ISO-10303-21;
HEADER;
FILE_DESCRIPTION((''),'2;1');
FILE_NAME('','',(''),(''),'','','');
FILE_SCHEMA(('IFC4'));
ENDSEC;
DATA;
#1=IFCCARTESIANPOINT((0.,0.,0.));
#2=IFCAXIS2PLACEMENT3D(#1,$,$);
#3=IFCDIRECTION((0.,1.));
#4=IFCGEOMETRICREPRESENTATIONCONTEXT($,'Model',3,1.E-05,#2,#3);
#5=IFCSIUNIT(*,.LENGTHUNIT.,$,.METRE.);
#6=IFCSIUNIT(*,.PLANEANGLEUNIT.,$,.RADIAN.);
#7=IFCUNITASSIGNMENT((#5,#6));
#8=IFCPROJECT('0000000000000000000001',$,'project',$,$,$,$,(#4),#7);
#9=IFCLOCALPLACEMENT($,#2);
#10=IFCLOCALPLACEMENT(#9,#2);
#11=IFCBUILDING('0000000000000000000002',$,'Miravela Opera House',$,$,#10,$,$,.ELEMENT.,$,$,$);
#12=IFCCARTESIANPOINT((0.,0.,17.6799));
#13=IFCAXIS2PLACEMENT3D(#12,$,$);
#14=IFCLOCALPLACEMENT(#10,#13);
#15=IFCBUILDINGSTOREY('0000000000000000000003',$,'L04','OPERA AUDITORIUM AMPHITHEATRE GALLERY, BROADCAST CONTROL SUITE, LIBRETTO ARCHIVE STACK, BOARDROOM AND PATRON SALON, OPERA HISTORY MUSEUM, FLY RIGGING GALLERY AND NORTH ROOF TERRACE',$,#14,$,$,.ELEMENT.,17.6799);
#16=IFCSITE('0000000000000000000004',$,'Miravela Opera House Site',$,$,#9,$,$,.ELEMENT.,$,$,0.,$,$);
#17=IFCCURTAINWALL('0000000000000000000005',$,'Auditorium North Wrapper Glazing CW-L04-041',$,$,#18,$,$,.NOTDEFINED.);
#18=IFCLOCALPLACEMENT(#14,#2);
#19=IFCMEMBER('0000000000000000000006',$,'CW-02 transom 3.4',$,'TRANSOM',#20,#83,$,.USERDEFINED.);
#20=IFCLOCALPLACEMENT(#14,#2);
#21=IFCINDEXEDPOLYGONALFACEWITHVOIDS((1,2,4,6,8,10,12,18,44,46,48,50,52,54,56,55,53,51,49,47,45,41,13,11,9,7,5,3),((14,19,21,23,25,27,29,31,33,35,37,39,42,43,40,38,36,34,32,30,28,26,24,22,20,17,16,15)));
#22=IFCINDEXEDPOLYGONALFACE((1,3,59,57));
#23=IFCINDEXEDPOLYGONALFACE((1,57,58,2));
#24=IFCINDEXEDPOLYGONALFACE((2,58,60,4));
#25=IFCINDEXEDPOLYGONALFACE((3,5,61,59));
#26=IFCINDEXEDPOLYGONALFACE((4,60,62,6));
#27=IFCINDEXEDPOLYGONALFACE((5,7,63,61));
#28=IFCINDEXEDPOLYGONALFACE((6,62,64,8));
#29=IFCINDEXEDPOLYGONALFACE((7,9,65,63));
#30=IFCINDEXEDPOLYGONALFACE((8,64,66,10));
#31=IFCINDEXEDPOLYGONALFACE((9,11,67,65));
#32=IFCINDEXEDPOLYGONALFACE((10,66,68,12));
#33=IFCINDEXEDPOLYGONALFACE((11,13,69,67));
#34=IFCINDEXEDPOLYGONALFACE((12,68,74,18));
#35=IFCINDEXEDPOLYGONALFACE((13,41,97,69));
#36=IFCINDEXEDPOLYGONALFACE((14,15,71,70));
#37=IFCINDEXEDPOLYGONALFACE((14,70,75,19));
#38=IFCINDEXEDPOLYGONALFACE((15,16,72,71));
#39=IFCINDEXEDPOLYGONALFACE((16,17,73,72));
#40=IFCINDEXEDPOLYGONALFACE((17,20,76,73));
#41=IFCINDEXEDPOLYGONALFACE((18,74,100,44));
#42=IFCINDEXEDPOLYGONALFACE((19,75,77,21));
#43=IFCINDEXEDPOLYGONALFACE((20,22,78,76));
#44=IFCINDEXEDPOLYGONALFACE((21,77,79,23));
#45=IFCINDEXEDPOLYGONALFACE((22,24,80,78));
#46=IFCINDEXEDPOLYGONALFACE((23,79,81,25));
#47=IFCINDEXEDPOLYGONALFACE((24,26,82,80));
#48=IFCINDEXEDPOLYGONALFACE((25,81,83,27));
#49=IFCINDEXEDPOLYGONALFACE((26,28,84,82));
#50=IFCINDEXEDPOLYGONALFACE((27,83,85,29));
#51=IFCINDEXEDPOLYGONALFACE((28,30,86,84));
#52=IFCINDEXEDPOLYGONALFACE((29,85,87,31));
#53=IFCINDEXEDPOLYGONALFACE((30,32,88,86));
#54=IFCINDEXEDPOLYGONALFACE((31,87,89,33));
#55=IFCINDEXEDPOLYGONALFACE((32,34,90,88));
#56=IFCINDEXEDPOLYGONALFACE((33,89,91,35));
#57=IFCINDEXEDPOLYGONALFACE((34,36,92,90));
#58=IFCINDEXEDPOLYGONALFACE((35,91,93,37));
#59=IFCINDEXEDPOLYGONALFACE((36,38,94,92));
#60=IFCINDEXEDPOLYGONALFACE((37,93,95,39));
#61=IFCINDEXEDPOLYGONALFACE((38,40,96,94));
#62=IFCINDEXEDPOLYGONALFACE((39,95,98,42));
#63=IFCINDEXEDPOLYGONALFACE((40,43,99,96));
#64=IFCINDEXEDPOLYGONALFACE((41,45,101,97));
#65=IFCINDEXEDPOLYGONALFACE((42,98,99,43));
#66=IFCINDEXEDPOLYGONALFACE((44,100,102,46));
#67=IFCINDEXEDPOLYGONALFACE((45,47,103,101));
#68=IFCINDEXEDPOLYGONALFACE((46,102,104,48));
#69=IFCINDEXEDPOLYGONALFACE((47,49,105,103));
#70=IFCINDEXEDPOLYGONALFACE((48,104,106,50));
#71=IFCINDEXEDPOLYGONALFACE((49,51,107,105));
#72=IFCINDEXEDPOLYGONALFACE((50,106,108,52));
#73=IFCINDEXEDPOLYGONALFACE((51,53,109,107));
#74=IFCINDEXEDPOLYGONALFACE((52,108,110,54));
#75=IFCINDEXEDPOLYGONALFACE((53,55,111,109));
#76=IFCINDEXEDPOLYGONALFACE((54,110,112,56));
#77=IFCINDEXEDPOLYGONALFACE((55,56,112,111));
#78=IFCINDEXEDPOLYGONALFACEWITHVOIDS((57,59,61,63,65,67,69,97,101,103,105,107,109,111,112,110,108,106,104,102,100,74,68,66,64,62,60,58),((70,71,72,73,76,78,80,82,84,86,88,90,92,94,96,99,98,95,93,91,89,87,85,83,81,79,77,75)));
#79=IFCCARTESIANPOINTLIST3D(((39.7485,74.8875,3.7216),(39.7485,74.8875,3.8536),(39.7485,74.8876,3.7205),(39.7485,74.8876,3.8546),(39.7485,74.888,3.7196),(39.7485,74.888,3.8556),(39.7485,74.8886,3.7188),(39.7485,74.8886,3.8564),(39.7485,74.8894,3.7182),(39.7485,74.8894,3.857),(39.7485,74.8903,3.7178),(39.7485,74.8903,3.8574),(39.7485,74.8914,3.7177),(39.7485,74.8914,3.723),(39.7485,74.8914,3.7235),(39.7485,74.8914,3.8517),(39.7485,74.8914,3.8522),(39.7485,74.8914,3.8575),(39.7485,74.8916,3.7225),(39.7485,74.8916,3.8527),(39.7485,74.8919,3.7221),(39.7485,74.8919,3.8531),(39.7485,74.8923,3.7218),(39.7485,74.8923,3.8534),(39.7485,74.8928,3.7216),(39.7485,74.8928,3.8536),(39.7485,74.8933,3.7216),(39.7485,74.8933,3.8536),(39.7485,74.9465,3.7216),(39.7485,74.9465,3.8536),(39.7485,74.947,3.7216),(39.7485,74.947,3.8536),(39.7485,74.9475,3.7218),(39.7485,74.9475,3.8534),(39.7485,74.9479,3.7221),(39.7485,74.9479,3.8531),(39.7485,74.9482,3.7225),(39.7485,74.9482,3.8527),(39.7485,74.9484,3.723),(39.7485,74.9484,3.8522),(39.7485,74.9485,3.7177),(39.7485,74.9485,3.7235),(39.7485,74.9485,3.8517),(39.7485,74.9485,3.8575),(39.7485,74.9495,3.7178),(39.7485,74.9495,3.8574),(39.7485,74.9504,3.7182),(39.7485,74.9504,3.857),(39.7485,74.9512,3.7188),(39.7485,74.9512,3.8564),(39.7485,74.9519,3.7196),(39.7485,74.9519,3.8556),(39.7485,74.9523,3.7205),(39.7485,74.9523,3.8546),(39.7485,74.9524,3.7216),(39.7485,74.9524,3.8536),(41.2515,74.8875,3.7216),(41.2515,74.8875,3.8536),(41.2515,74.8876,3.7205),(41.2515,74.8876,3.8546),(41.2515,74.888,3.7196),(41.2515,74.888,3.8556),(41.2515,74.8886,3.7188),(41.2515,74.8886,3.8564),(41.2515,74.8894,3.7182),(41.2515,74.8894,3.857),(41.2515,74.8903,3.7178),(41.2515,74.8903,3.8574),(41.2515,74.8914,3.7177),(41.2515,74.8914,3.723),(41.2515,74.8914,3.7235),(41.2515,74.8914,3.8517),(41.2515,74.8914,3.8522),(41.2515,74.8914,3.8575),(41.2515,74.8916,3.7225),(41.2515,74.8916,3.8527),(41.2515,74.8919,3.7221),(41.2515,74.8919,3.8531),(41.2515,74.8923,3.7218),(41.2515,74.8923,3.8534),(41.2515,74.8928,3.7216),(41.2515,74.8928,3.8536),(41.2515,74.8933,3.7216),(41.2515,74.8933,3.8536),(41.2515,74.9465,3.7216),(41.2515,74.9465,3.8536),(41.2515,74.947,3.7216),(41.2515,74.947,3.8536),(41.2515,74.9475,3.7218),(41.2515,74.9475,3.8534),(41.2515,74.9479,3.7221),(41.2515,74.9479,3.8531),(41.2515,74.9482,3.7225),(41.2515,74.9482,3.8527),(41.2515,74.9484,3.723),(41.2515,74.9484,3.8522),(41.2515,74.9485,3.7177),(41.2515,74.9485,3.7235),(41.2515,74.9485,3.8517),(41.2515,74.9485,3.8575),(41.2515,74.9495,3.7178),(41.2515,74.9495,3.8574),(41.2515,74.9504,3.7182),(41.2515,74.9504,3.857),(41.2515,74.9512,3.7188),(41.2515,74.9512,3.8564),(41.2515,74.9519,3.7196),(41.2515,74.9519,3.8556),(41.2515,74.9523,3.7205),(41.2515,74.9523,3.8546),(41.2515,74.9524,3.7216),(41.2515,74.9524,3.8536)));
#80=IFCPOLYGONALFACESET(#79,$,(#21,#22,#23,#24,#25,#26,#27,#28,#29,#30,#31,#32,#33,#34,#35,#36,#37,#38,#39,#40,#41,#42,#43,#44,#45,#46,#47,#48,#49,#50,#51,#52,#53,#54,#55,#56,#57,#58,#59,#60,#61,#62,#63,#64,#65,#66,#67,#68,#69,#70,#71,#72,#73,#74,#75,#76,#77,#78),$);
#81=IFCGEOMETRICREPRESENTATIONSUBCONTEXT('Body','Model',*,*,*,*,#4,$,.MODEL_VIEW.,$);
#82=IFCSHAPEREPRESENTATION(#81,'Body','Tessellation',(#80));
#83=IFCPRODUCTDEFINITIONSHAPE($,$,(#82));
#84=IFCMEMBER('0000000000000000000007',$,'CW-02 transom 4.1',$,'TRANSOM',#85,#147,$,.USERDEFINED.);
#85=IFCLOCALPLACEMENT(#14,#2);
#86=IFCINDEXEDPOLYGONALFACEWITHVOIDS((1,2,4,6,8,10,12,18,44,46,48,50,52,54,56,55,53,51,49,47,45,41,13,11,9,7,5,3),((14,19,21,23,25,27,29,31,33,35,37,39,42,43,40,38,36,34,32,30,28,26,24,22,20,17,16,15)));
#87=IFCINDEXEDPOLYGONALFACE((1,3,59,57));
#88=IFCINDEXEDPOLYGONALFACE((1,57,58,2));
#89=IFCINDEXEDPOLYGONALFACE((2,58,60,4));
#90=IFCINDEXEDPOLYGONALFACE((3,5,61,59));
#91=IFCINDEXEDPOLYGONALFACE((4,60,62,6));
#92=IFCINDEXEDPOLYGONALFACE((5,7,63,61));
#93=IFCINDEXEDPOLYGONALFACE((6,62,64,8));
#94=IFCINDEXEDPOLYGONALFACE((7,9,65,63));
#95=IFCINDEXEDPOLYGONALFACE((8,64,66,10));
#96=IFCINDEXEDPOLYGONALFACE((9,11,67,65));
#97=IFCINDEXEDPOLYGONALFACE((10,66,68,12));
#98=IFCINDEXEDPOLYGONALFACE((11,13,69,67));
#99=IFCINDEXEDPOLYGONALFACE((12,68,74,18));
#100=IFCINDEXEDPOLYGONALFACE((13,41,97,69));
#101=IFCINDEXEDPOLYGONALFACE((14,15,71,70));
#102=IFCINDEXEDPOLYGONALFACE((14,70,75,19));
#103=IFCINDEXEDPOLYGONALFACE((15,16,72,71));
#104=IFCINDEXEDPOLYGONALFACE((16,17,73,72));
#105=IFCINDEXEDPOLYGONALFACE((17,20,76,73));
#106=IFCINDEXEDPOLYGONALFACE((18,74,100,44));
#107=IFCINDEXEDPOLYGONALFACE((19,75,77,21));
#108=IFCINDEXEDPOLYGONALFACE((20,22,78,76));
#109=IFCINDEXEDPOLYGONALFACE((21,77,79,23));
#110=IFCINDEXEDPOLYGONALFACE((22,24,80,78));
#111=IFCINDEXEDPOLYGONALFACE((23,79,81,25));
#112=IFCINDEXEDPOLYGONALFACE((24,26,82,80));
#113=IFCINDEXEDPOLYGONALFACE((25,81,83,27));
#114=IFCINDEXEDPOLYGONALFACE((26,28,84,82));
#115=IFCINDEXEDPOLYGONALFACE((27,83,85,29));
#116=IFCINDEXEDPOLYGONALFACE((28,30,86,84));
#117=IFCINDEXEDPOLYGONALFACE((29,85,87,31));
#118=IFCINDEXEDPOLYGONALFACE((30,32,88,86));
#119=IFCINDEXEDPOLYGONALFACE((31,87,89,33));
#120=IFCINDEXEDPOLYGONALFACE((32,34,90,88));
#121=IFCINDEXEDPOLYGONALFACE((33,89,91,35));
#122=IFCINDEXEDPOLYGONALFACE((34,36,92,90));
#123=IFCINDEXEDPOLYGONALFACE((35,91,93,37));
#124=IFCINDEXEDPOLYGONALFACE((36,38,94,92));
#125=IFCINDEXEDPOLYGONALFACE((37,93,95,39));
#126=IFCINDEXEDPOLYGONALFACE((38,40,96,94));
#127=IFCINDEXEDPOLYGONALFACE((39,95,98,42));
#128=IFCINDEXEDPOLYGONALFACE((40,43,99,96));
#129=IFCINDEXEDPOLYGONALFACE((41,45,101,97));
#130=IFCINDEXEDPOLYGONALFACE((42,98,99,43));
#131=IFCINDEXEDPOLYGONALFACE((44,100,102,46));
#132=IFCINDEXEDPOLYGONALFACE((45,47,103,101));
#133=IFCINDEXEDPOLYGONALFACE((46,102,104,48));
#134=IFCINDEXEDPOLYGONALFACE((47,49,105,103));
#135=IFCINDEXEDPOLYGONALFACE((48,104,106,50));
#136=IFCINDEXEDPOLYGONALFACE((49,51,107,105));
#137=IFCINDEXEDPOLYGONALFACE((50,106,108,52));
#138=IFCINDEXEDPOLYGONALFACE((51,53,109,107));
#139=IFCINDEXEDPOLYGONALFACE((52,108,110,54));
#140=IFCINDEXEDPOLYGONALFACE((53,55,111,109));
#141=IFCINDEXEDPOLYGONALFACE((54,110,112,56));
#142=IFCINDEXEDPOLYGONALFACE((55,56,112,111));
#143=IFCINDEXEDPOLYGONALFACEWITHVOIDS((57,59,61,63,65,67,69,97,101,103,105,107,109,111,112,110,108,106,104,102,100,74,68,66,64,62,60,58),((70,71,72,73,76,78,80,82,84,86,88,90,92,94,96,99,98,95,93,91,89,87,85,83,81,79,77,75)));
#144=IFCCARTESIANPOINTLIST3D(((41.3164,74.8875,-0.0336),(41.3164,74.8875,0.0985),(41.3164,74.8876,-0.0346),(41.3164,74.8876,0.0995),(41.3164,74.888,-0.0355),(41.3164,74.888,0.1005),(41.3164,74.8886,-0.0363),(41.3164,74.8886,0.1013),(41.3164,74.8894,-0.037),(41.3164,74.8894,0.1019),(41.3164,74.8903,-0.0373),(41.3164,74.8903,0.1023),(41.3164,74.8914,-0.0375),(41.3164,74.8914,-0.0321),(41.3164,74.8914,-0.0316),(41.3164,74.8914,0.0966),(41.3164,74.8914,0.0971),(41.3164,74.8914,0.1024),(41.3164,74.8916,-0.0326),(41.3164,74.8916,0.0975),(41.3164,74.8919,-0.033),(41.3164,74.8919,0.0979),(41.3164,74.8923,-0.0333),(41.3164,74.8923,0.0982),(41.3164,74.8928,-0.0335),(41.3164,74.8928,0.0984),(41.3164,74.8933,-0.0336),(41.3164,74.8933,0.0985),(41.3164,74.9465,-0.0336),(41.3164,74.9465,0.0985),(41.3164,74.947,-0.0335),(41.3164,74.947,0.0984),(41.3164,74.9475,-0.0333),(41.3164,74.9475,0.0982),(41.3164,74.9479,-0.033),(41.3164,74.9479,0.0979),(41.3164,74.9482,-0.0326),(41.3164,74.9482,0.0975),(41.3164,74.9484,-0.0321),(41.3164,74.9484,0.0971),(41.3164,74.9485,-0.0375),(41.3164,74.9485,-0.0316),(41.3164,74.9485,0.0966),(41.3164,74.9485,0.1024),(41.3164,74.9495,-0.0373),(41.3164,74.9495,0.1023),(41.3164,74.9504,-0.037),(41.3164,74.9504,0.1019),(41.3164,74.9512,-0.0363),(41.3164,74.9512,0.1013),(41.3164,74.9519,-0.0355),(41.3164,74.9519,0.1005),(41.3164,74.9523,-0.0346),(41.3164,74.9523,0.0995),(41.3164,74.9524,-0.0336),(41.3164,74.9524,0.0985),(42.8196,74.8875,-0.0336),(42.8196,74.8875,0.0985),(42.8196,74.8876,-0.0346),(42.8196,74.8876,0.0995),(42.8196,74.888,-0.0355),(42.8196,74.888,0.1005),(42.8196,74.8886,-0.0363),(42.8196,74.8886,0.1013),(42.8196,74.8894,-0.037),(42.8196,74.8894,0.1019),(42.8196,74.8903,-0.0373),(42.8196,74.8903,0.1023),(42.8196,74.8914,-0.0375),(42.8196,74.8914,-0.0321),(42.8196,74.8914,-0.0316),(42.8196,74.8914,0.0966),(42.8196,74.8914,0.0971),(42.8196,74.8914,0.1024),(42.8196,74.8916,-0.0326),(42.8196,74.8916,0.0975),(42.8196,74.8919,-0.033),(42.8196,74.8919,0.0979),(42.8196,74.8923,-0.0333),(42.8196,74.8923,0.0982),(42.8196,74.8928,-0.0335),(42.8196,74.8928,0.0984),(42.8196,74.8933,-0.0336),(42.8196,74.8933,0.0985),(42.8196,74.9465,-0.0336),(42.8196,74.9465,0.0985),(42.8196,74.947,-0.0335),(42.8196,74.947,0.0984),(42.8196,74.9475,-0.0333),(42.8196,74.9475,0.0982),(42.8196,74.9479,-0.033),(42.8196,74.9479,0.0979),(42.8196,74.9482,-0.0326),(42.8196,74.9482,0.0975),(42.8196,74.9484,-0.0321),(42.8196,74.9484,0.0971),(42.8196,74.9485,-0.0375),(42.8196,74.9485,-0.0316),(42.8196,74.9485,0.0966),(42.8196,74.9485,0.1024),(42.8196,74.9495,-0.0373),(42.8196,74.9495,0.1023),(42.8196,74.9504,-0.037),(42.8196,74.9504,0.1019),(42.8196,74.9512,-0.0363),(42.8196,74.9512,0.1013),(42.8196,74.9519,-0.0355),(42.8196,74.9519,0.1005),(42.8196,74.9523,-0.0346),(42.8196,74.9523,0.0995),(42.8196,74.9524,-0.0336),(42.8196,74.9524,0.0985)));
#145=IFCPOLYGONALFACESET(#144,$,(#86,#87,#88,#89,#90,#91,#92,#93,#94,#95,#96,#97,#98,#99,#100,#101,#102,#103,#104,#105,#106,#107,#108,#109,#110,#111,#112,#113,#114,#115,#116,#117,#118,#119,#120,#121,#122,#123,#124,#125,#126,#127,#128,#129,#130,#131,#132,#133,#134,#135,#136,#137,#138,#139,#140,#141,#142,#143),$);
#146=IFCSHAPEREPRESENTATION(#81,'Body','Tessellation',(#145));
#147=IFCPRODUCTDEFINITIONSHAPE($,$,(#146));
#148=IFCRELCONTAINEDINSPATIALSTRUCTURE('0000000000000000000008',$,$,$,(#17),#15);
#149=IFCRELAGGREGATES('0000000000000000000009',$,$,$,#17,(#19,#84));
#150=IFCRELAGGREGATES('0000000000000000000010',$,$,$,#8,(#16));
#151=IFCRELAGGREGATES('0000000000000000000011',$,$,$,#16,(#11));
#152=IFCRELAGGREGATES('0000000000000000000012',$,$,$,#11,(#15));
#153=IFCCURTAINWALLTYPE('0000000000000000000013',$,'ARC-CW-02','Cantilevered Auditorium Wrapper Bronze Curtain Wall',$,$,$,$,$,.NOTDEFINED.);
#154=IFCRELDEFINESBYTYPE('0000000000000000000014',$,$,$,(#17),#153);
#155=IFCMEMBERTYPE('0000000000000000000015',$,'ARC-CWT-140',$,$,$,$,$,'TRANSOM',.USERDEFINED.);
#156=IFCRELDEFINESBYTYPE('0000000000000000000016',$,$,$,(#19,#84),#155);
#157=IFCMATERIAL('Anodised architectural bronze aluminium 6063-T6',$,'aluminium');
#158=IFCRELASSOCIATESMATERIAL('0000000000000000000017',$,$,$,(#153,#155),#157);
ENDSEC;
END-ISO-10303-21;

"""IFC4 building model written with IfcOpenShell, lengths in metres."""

from ifc_helpers import new_model, si_unit, direction, frame, origin, origin_2d, place, context, subcontext, project, spatial, hollow_rectangle, extrude, material, material_profile, profile_set, type_object, element, aggregate, save


model = new_model("IFC4")

# Units and contexts
model_context = context("Model", 3, precision=1e-05, world=origin(), true_north=direction((0.0, 1.0)))
body_context = subcontext(model_context, "Body", "Model", "MODEL_VIEW")
ifc_project = project(units=[si_unit("LENGTHUNIT", "METRE"), si_unit("PLANEANGLEUNIT", "RADIAN")], contexts=[model_context])

# Site, building, storey
site_placement = place(None, origin())
site = spatial("IfcSite", under=ifc_project, at=site_placement, Name="Miravela Opera House Site", CompositionType="ELEMENT", RefElevation=0.0)
building_placement = place(site_placement, origin())
building = spatial("IfcBuilding", under=site, at=building_placement, Name="Miravela Opera House", CompositionType="ELEMENT")
storey_placement = place(building_placement, frame((0.0, 0.0, 17.6799)))
storey = spatial("IfcBuildingStorey", under=building, at=storey_placement, Name="L04", Description="OPERA AUDITORIUM AMPHITHEATRE GALLERY, BROADCAST CONTROL SUITE, LIBRETTO ARCHIVE STACK, BOARDROOM AND PATRON SALON, OPERA HISTORY MUSEUM, FLY RIGGING GALLERY AND NORTH ROOF TERRACE", CompositionType="ELEMENT", Elevation=17.6799)

# Curtain wall, members
ifc_material_1 = material(Name="Anodised architectural bronze aluminium 6063-T6", Category="aluminium")
curtain_wall_type = type_object("IfcCurtainWallType", Name="ARC-CW-02", Description="Cantilevered Auditorium Wrapper Bronze Curtain Wall", PredefinedType="NOTDEFINED", material=ifc_material_1)
curtain_wall_placement = place(storey_placement, origin())
curtain_wall = element("IfcCurtainWall", 1, at=curtain_wall_placement, inside=storey, type_object=curtain_wall_type, Name="Auditorium North Wrapper Glazing CW-L04-041", PredefinedType="NOTDEFINED")
ifc_material_profile_1 = material_profile(ifc_material_1, hollow_rectangle(XDim=0.0649, YDim=0.1399, WallThickness=0.0039, InnerFilletRadius=0.002, OuterFilletRadius=0.0039, at=origin_2d()), Name="CWT-65X140")
ifc_profile_set_1 = profile_set([ifc_material_profile_1])
member_type_1 = type_object("IfcMemberType", Name="ARC-CWT-140", ElementType="TRANSOM", PredefinedType="USERDEFINED", material=ifc_profile_set_1)
member_1_placement = place(storey_placement, frame((39.7485, 74.9199, 3.7876), z_axis=(1.0, 0.0, 0.0), x_axis=(0.0, 1.0, 0.0)))
member_1 = element("IfcMember", 2, at=member_1_placement, type_object=member_type_1, Name="CW-02 transom 3.4", ObjectType="TRANSOM", PredefinedType="USERDEFINED", context=body_context, shape_type="SweptSolid", body=[
    extrude(hollow_rectangle(XDim=0.0649, YDim=0.1399, WallThickness=0.0039, InnerFilletRadius=0.002, OuterFilletRadius=0.0039, at=origin_2d()), origin(), (0.0, 0.0, 1.0), 1.5029),
])
member_2_placement = place(storey_placement, frame((41.3164, 74.9199, 0.0325), z_axis=(1.0, 0.0, 0.0), x_axis=(0.0, 1.0, 0.0)))
member_2 = element("IfcMember", 3, at=member_2_placement, type_object=member_type_1, Name="CW-02 transom 4.1", ObjectType="TRANSOM", PredefinedType="USERDEFINED", context=body_context, shape_type="SweptSolid", body=[
    extrude(hollow_rectangle(XDim=0.0649, YDim=0.1399, WallThickness=0.0039, InnerFilletRadius=0.002, OuterFilletRadius=0.0039, at=origin_2d()), origin(), (0.0, 0.0, 1.0), 1.5032),
])
aggregate(curtain_wall, [member_1, member_2])

save(model, "model.ifc")
